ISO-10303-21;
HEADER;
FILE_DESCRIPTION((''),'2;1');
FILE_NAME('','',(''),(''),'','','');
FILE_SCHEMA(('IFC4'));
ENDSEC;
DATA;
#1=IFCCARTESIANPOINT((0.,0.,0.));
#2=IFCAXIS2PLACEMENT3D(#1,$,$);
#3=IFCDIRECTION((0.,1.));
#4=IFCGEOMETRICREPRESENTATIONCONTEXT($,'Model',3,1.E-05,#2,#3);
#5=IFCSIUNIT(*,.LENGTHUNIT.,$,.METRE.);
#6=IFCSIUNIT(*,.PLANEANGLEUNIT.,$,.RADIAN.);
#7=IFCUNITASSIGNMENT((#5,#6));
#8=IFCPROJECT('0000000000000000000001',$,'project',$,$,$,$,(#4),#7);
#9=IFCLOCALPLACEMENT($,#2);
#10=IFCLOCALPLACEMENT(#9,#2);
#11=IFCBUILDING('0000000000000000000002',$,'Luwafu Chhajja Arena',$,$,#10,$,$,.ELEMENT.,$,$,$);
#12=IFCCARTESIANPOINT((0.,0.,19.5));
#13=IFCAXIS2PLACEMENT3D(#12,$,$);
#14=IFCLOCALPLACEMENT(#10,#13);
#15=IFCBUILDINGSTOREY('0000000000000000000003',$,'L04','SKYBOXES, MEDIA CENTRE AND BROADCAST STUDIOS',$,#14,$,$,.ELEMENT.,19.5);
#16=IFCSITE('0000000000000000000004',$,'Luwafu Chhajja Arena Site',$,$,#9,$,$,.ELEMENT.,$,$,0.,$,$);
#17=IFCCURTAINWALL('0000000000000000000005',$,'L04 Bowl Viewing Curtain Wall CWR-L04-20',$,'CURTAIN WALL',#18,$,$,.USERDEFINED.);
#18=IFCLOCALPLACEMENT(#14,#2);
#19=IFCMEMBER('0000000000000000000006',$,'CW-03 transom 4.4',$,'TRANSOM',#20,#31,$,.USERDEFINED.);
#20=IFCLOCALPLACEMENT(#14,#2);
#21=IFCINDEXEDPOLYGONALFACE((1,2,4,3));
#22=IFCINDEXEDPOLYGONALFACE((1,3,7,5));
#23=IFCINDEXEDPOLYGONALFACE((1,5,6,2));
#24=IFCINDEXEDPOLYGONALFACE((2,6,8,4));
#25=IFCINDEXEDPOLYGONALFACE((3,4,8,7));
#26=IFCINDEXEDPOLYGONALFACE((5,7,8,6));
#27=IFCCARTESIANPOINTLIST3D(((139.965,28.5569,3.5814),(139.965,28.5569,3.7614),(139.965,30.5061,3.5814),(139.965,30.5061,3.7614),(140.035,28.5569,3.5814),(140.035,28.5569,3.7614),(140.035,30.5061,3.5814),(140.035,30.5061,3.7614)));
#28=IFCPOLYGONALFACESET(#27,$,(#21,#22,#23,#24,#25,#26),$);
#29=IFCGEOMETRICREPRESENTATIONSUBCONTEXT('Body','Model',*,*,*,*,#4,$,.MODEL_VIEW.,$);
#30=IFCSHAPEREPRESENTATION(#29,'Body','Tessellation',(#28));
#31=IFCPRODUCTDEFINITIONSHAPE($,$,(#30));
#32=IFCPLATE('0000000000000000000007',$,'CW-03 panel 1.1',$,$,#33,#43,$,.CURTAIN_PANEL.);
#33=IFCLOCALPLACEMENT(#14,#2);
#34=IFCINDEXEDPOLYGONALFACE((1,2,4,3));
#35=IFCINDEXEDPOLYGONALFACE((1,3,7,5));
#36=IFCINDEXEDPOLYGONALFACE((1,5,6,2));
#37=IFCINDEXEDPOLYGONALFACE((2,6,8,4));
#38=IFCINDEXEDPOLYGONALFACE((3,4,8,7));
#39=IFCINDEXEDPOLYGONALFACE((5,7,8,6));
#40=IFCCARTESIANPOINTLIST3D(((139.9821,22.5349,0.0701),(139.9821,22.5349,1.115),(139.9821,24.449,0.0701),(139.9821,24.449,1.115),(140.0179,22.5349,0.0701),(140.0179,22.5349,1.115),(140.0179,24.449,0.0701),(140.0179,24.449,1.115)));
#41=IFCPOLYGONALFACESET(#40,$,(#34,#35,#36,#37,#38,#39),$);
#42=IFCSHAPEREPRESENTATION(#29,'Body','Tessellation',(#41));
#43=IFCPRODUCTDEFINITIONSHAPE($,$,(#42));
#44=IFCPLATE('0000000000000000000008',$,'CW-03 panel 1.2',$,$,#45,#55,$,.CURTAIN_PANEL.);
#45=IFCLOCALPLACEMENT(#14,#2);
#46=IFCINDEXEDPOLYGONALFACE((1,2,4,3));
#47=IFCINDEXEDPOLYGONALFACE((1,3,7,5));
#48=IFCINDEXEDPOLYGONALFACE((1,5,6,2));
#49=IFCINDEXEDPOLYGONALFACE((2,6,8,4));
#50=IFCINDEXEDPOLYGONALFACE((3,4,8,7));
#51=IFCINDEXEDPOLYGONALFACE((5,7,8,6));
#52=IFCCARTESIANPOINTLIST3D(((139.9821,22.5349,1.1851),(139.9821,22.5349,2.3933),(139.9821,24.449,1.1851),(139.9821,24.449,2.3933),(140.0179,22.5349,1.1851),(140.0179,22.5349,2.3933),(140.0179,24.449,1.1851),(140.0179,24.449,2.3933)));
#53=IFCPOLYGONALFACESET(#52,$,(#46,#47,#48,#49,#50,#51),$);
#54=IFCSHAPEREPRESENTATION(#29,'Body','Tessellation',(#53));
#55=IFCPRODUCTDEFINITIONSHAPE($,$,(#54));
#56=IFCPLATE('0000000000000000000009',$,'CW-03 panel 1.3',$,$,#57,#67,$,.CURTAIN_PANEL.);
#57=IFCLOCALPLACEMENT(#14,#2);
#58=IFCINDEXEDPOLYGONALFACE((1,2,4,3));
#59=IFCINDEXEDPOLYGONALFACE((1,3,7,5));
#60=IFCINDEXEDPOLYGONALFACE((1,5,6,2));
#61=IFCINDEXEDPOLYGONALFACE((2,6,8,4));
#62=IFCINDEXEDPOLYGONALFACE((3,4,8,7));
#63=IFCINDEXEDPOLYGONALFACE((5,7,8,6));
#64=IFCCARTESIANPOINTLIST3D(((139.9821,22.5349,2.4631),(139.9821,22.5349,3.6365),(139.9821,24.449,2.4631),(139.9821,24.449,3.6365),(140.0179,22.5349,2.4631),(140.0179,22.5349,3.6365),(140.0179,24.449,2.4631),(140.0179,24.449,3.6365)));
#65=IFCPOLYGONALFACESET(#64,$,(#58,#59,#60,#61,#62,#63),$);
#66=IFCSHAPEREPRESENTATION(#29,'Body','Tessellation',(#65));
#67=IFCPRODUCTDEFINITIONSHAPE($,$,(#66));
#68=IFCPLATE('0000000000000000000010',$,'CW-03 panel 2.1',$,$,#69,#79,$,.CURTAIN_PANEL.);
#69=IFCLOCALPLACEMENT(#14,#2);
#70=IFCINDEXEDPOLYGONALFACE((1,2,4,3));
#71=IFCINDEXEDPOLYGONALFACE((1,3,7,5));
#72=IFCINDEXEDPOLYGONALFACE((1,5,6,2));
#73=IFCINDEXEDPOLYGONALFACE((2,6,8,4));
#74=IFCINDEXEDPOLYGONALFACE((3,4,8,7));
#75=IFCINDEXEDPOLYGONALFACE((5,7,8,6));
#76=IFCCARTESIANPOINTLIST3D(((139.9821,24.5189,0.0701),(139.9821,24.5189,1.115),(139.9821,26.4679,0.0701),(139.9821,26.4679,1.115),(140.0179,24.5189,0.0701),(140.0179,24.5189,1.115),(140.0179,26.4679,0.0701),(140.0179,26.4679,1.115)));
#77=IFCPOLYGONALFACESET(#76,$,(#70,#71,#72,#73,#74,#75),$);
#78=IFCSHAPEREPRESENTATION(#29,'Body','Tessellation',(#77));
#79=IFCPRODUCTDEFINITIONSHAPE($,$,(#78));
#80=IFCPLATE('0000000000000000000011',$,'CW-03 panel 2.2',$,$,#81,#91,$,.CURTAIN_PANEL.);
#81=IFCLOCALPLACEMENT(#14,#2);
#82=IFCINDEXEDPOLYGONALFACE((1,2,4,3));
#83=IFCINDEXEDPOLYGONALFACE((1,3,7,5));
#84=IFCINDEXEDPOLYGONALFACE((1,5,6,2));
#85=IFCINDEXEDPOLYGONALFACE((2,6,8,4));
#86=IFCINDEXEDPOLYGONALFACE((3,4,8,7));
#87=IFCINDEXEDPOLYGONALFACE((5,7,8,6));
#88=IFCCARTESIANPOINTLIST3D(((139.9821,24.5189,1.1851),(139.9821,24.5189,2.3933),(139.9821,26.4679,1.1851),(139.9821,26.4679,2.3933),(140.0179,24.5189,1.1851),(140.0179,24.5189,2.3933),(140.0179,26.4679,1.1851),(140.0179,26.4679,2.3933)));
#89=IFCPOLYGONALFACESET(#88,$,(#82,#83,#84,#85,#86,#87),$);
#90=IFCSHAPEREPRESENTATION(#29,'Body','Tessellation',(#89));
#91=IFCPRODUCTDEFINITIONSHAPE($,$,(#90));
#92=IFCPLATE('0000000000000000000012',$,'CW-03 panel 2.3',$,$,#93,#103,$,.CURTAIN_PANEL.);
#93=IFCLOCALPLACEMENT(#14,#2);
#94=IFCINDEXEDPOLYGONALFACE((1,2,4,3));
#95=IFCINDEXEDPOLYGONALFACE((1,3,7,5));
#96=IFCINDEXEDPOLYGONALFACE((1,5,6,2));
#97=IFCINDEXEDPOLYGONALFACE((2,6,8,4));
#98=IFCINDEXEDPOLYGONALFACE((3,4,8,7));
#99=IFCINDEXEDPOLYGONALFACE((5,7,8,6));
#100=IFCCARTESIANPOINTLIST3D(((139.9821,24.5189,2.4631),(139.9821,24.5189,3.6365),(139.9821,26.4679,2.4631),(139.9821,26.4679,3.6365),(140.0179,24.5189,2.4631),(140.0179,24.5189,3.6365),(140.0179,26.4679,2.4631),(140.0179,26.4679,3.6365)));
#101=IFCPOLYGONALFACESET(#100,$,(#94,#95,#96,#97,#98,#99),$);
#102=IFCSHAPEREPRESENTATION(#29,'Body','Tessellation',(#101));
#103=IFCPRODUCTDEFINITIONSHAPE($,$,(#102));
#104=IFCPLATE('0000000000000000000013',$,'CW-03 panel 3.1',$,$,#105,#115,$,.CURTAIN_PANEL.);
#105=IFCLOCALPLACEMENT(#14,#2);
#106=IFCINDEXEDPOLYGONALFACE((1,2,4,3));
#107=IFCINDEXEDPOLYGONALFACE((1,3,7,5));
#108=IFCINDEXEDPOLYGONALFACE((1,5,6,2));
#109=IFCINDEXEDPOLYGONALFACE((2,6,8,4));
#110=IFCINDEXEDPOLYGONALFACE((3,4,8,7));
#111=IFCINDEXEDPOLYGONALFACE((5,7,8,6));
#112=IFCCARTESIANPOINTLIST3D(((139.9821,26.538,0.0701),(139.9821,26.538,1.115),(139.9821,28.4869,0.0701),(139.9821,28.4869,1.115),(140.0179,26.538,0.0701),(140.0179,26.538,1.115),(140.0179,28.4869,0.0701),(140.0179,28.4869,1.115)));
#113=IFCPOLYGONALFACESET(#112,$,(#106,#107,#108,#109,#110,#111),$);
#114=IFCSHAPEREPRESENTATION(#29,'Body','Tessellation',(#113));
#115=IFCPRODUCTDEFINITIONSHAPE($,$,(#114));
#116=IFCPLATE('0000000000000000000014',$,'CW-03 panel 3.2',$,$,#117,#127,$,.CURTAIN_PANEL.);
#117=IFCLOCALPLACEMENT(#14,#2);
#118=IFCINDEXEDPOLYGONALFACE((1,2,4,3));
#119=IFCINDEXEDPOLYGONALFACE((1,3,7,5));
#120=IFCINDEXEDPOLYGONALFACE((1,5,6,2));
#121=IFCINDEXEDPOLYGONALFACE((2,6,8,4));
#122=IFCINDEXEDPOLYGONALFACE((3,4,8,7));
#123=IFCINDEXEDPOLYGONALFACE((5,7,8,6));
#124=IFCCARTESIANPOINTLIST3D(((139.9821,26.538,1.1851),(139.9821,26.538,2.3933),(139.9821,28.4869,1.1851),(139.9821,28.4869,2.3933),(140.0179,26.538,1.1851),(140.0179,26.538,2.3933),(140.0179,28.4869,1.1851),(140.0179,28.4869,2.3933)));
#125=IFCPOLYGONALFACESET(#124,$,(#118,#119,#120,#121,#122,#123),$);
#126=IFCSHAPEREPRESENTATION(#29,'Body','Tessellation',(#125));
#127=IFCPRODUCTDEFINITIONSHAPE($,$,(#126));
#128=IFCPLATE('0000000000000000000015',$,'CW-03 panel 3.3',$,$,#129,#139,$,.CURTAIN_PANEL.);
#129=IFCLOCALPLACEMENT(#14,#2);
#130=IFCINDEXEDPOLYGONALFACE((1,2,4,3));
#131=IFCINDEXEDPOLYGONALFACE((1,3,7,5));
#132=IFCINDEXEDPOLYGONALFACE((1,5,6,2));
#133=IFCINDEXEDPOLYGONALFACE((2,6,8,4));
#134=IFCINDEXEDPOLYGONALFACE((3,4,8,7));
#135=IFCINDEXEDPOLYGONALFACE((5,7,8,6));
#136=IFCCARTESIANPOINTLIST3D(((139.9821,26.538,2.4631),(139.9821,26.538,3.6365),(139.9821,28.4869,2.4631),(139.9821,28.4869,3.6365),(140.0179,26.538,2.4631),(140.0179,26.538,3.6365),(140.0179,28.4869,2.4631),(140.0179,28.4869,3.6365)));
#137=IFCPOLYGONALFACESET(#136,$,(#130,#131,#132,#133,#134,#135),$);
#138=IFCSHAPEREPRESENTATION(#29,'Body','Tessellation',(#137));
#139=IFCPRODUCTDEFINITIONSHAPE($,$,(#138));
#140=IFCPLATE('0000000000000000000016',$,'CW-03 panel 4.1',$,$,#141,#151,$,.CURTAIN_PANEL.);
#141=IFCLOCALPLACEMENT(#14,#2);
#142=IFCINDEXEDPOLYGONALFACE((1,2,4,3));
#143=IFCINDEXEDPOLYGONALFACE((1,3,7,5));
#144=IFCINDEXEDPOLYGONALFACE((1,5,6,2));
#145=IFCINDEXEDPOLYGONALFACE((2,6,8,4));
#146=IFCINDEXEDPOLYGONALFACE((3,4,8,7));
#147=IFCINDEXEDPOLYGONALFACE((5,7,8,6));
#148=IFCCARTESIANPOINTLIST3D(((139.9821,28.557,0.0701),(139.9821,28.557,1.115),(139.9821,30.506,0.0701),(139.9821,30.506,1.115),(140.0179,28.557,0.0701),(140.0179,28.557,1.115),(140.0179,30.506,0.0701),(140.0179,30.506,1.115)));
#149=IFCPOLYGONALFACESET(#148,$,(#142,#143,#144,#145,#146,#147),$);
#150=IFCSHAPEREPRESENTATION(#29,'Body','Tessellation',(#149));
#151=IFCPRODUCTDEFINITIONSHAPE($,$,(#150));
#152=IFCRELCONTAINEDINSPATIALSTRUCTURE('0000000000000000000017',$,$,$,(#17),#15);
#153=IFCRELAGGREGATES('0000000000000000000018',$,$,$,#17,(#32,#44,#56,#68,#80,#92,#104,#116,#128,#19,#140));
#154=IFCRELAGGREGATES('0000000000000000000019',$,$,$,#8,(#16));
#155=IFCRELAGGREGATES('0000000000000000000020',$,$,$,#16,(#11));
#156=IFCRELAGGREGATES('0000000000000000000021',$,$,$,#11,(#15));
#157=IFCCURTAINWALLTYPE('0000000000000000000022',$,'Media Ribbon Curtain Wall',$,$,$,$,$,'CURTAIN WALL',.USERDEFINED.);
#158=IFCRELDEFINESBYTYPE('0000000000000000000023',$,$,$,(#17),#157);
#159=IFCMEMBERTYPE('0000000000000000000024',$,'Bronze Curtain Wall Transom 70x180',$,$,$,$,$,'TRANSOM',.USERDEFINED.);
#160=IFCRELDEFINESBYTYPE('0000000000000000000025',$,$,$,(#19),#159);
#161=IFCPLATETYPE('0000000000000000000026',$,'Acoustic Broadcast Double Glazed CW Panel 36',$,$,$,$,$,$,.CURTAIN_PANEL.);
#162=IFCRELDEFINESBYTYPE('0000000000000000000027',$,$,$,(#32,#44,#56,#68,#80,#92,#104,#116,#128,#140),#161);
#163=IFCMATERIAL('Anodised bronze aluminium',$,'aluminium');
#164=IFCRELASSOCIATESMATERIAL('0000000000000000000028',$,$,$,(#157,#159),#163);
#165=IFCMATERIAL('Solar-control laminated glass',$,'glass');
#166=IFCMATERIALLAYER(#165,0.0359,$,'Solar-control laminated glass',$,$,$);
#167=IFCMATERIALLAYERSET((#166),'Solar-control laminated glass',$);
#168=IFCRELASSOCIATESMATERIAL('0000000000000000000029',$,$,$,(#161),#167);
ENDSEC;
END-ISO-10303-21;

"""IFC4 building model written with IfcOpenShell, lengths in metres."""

from ifc_helpers import new_model, si_unit, direction, frame, origin, origin_2d, place, context, subcontext, project, spatial, rectangle, extrude, material, layer, layer_set, material_profile, profile_set, type_object, element, aggregate, save


model = new_model("IFC4")

# Units and contexts
model_context = context("Model", 3, precision=1e-05, world=origin(), true_north=direction((0.0, 1.0)))
body_context = subcontext(model_context, "Body", "Model", "MODEL_VIEW")
ifc_project = project(units=[si_unit("LENGTHUNIT", "METRE"), si_unit("PLANEANGLEUNIT", "RADIAN")], contexts=[model_context])

# Site, building, storey
site_placement = place(None, origin())
site = spatial("IfcSite", under=ifc_project, at=site_placement, Name="Luwafu Chhajja Arena Site", CompositionType="ELEMENT", RefElevation=0.0)
building_placement = place(site_placement, origin())
building = spatial("IfcBuilding", under=site, at=building_placement, Name="Luwafu Chhajja Arena", CompositionType="ELEMENT")
storey_placement = place(building_placement, frame((0.0, 0.0, 19.5)))
storey = spatial("IfcBuildingStorey", under=building, at=storey_placement, Name="L04", Description="SKYBOXES, MEDIA CENTRE AND BROADCAST STUDIOS", CompositionType="ELEMENT", Elevation=19.5)

# Curtain wall, member, plates
ifc_material_1 = material(Name="Anodised bronze aluminium", Category="aluminium")
curtain_wall_type = type_object("IfcCurtainWallType", Name="Media Ribbon Curtain Wall", ElementType="CURTAIN WALL", PredefinedType="USERDEFINED", material=ifc_material_1)
curtain_wall_placement = place(storey_placement, origin())
curtain_wall = element("IfcCurtainWall", 1, at=curtain_wall_placement, inside=storey, type_object=curtain_wall_type, Name="L04 Bowl Viewing Curtain Wall CWR-L04-20", ObjectType="CURTAIN WALL", PredefinedType="USERDEFINED")
ifc_material_profile_1 = material_profile(ifc_material_1, rectangle(XDim=0.0701, YDim=0.1799, at=origin_2d()), Name="CWT 70x180")
ifc_profile_set_1 = profile_set([ifc_material_profile_1], Name="Anodised bronze aluminium")
member_type_1 = type_object("IfcMemberType", Name="Bronze Curtain Wall Transom 70x180", ElementType="TRANSOM", PredefinedType="USERDEFINED", material=ifc_profile_set_1)
member_1_placement = place(storey_placement, frame((140.0, 28.5569, 3.6714), z_axis=(0.0, 1.0, 0.0), x_axis=(-1.0, 0.0, 0.0)))
member_1 = element("IfcMember", 2, at=member_1_placement, type_object=member_type_1, Name="CW-03 transom 4.4", ObjectType="TRANSOM", PredefinedType="USERDEFINED", context=body_context, shape_type="SweptSolid", body=[
    extrude(rectangle(XDim=0.0701, YDim=0.1799, at=origin_2d()), origin(), (0.0, 0.0, 1.0), 1.9492),
])
ifc_material_2 = material(Name="Solar-control laminated glass", Category="glass")
ifc_layer = layer(ifc_material_2, 0.0359, Name="Solar-control laminated glass")
ifc_layer_set = layer_set([ifc_layer], Name="Solar-control laminated glass")
plate_type = type_object("IfcPlateType", Name="Acoustic Broadcast Double Glazed CW Panel 36", PredefinedType="CURTAIN_PANEL", material=ifc_layer_set)
plate_1_placement = place(storey_placement, frame((140.0, 23.4919, 0.0701), z_axis=(0.0, 0.0, 1.0), x_axis=(0.0, 1.0, 0.0)))
plate_1 = element("IfcPlate", 3, at=plate_1_placement, type_object=plate_type, Name="CW-03 panel 1.1", PredefinedType="CURTAIN_PANEL", context=body_context, shape_type="SweptSolid", body=[
    extrude(rectangle(XDim=1.9141, YDim=0.0359, at=origin_2d()), origin(), (0.0, 0.0, 1.0), 1.0449),
])
plate_2_placement = place(storey_placement, frame((140.0, 23.4919, 1.1851), z_axis=(0.0, 0.0, 1.0), x_axis=(0.0, 1.0, 0.0)))
plate_2 = element("IfcPlate", 4, at=plate_2_placement, type_object=plate_type, Name="CW-03 panel 1.2", PredefinedType="CURTAIN_PANEL", context=body_context, shape_type="SweptSolid", body=[
    extrude(rectangle(XDim=1.9141, YDim=0.0359, at=origin_2d()), origin(), (0.0, 0.0, 1.0), 1.2083),
])
plate_3_placement = place(storey_placement, frame((140.0, 23.4919, 2.4631), z_axis=(0.0, 0.0, 1.0), x_axis=(0.0, 1.0, 0.0)))
plate_3 = element("IfcPlate", 5, at=plate_3_placement, type_object=plate_type, Name="CW-03 panel 1.3", PredefinedType="CURTAIN_PANEL", context=body_context, shape_type="SweptSolid", body=[
    extrude(rectangle(XDim=1.9141, YDim=0.0359, at=origin_2d()), origin(), (0.0, 0.0, 1.0), 1.1733),
])
plate_4_placement = place(storey_placement, frame((140.0, 25.4934, 0.0701), z_axis=(0.0, 0.0, 1.0), x_axis=(0.0, 1.0, 0.0)))
plate_4 = element("IfcPlate", 6, at=plate_4_placement, type_object=plate_type, Name="CW-03 panel 2.1", PredefinedType="CURTAIN_PANEL", context=body_context, shape_type="SweptSolid", body=[
    extrude(rectangle(XDim=1.949, YDim=0.0359, at=origin_2d()), origin(), (0.0, 0.0, 1.0), 1.0449),
])
plate_5_placement = place(storey_placement, frame((140.0, 25.4934, 1.1851), z_axis=(0.0, 0.0, 1.0), x_axis=(0.0, 1.0, 0.0)))
plate_5 = element("IfcPlate", 7, at=plate_5_placement, type_object=plate_type, Name="CW-03 panel 2.2", PredefinedType="CURTAIN_PANEL", context=body_context, shape_type="SweptSolid", body=[
    extrude(rectangle(XDim=1.949, YDim=0.0359, at=origin_2d()), origin(), (0.0, 0.0, 1.0), 1.2083),
])
plate_6_placement = place(storey_placement, frame((140.0, 25.4934, 2.4631), z_axis=(0.0, 0.0, 1.0), x_axis=(0.0, 1.0, 0.0)))
plate_6 = element("IfcPlate", 8, at=plate_6_placement, type_object=plate_type, Name="CW-03 panel 2.3", PredefinedType="CURTAIN_PANEL", context=body_context, shape_type="SweptSolid", body=[
    extrude(rectangle(XDim=1.949, YDim=0.0359, at=origin_2d()), origin(), (0.0, 0.0, 1.0), 1.1733),
])
plate_7_placement = place(storey_placement, frame((140.0, 27.5125, 0.0701), z_axis=(0.0, 0.0, 1.0), x_axis=(0.0, 1.0, 0.0)))
plate_7 = element("IfcPlate", 9, at=plate_7_placement, type_object=plate_type, Name="CW-03 panel 3.1", PredefinedType="CURTAIN_PANEL", context=body_context, shape_type="SweptSolid", body=[
    extrude(rectangle(XDim=1.949, YDim=0.0359, at=origin_2d()), origin(), (0.0, 0.0, 1.0), 1.0449),
])
plate_8_placement = place(storey_placement, frame((140.0, 27.5125, 1.1851), z_axis=(0.0, 0.0, 1.0), x_axis=(0.0, 1.0, 0.0)))
plate_8 = element("IfcPlate", 10, at=plate_8_placement, type_object=plate_type, Name="CW-03 panel 3.2", PredefinedType="CURTAIN_PANEL", context=body_context, shape_type="SweptSolid", body=[
    extrude(rectangle(XDim=1.949, YDim=0.0359, at=origin_2d()), origin(), (0.0, 0.0, 1.0), 1.2083),
])
plate_9_placement = place(storey_placement, frame((140.0, 27.5125, 2.4631), z_axis=(0.0, 0.0, 1.0), x_axis=(0.0, 1.0, 0.0)))
plate_9 = element("IfcPlate", 11, at=plate_9_placement, type_object=plate_type, Name="CW-03 panel 3.3", PredefinedType="CURTAIN_PANEL", context=body_context, shape_type="SweptSolid", body=[
    extrude(rectangle(XDim=1.949, YDim=0.0359, at=origin_2d()), origin(), (0.0, 0.0, 1.0), 1.1733),
])
plate_10_placement = place(storey_placement, frame((140.0, 29.5315, 0.0701), z_axis=(0.0, 0.0, 1.0), x_axis=(0.0, 1.0, 0.0)))
plate_10 = element("IfcPlate", 12, at=plate_10_placement, type_object=plate_type, Name="CW-03 panel 4.1", PredefinedType="CURTAIN_PANEL", context=body_context, shape_type="SweptSolid", body=[
    extrude(rectangle(XDim=1.949, YDim=0.0359, at=origin_2d()), origin(), (0.0, 0.0, 1.0), 1.0449),
])
aggregate(curtain_wall, [plate_1, plate_2, plate_3, plate_4, plate_5, plate_6, plate_7, plate_8, plate_9, member_1, plate_10])

save(model, "model.ifc")
